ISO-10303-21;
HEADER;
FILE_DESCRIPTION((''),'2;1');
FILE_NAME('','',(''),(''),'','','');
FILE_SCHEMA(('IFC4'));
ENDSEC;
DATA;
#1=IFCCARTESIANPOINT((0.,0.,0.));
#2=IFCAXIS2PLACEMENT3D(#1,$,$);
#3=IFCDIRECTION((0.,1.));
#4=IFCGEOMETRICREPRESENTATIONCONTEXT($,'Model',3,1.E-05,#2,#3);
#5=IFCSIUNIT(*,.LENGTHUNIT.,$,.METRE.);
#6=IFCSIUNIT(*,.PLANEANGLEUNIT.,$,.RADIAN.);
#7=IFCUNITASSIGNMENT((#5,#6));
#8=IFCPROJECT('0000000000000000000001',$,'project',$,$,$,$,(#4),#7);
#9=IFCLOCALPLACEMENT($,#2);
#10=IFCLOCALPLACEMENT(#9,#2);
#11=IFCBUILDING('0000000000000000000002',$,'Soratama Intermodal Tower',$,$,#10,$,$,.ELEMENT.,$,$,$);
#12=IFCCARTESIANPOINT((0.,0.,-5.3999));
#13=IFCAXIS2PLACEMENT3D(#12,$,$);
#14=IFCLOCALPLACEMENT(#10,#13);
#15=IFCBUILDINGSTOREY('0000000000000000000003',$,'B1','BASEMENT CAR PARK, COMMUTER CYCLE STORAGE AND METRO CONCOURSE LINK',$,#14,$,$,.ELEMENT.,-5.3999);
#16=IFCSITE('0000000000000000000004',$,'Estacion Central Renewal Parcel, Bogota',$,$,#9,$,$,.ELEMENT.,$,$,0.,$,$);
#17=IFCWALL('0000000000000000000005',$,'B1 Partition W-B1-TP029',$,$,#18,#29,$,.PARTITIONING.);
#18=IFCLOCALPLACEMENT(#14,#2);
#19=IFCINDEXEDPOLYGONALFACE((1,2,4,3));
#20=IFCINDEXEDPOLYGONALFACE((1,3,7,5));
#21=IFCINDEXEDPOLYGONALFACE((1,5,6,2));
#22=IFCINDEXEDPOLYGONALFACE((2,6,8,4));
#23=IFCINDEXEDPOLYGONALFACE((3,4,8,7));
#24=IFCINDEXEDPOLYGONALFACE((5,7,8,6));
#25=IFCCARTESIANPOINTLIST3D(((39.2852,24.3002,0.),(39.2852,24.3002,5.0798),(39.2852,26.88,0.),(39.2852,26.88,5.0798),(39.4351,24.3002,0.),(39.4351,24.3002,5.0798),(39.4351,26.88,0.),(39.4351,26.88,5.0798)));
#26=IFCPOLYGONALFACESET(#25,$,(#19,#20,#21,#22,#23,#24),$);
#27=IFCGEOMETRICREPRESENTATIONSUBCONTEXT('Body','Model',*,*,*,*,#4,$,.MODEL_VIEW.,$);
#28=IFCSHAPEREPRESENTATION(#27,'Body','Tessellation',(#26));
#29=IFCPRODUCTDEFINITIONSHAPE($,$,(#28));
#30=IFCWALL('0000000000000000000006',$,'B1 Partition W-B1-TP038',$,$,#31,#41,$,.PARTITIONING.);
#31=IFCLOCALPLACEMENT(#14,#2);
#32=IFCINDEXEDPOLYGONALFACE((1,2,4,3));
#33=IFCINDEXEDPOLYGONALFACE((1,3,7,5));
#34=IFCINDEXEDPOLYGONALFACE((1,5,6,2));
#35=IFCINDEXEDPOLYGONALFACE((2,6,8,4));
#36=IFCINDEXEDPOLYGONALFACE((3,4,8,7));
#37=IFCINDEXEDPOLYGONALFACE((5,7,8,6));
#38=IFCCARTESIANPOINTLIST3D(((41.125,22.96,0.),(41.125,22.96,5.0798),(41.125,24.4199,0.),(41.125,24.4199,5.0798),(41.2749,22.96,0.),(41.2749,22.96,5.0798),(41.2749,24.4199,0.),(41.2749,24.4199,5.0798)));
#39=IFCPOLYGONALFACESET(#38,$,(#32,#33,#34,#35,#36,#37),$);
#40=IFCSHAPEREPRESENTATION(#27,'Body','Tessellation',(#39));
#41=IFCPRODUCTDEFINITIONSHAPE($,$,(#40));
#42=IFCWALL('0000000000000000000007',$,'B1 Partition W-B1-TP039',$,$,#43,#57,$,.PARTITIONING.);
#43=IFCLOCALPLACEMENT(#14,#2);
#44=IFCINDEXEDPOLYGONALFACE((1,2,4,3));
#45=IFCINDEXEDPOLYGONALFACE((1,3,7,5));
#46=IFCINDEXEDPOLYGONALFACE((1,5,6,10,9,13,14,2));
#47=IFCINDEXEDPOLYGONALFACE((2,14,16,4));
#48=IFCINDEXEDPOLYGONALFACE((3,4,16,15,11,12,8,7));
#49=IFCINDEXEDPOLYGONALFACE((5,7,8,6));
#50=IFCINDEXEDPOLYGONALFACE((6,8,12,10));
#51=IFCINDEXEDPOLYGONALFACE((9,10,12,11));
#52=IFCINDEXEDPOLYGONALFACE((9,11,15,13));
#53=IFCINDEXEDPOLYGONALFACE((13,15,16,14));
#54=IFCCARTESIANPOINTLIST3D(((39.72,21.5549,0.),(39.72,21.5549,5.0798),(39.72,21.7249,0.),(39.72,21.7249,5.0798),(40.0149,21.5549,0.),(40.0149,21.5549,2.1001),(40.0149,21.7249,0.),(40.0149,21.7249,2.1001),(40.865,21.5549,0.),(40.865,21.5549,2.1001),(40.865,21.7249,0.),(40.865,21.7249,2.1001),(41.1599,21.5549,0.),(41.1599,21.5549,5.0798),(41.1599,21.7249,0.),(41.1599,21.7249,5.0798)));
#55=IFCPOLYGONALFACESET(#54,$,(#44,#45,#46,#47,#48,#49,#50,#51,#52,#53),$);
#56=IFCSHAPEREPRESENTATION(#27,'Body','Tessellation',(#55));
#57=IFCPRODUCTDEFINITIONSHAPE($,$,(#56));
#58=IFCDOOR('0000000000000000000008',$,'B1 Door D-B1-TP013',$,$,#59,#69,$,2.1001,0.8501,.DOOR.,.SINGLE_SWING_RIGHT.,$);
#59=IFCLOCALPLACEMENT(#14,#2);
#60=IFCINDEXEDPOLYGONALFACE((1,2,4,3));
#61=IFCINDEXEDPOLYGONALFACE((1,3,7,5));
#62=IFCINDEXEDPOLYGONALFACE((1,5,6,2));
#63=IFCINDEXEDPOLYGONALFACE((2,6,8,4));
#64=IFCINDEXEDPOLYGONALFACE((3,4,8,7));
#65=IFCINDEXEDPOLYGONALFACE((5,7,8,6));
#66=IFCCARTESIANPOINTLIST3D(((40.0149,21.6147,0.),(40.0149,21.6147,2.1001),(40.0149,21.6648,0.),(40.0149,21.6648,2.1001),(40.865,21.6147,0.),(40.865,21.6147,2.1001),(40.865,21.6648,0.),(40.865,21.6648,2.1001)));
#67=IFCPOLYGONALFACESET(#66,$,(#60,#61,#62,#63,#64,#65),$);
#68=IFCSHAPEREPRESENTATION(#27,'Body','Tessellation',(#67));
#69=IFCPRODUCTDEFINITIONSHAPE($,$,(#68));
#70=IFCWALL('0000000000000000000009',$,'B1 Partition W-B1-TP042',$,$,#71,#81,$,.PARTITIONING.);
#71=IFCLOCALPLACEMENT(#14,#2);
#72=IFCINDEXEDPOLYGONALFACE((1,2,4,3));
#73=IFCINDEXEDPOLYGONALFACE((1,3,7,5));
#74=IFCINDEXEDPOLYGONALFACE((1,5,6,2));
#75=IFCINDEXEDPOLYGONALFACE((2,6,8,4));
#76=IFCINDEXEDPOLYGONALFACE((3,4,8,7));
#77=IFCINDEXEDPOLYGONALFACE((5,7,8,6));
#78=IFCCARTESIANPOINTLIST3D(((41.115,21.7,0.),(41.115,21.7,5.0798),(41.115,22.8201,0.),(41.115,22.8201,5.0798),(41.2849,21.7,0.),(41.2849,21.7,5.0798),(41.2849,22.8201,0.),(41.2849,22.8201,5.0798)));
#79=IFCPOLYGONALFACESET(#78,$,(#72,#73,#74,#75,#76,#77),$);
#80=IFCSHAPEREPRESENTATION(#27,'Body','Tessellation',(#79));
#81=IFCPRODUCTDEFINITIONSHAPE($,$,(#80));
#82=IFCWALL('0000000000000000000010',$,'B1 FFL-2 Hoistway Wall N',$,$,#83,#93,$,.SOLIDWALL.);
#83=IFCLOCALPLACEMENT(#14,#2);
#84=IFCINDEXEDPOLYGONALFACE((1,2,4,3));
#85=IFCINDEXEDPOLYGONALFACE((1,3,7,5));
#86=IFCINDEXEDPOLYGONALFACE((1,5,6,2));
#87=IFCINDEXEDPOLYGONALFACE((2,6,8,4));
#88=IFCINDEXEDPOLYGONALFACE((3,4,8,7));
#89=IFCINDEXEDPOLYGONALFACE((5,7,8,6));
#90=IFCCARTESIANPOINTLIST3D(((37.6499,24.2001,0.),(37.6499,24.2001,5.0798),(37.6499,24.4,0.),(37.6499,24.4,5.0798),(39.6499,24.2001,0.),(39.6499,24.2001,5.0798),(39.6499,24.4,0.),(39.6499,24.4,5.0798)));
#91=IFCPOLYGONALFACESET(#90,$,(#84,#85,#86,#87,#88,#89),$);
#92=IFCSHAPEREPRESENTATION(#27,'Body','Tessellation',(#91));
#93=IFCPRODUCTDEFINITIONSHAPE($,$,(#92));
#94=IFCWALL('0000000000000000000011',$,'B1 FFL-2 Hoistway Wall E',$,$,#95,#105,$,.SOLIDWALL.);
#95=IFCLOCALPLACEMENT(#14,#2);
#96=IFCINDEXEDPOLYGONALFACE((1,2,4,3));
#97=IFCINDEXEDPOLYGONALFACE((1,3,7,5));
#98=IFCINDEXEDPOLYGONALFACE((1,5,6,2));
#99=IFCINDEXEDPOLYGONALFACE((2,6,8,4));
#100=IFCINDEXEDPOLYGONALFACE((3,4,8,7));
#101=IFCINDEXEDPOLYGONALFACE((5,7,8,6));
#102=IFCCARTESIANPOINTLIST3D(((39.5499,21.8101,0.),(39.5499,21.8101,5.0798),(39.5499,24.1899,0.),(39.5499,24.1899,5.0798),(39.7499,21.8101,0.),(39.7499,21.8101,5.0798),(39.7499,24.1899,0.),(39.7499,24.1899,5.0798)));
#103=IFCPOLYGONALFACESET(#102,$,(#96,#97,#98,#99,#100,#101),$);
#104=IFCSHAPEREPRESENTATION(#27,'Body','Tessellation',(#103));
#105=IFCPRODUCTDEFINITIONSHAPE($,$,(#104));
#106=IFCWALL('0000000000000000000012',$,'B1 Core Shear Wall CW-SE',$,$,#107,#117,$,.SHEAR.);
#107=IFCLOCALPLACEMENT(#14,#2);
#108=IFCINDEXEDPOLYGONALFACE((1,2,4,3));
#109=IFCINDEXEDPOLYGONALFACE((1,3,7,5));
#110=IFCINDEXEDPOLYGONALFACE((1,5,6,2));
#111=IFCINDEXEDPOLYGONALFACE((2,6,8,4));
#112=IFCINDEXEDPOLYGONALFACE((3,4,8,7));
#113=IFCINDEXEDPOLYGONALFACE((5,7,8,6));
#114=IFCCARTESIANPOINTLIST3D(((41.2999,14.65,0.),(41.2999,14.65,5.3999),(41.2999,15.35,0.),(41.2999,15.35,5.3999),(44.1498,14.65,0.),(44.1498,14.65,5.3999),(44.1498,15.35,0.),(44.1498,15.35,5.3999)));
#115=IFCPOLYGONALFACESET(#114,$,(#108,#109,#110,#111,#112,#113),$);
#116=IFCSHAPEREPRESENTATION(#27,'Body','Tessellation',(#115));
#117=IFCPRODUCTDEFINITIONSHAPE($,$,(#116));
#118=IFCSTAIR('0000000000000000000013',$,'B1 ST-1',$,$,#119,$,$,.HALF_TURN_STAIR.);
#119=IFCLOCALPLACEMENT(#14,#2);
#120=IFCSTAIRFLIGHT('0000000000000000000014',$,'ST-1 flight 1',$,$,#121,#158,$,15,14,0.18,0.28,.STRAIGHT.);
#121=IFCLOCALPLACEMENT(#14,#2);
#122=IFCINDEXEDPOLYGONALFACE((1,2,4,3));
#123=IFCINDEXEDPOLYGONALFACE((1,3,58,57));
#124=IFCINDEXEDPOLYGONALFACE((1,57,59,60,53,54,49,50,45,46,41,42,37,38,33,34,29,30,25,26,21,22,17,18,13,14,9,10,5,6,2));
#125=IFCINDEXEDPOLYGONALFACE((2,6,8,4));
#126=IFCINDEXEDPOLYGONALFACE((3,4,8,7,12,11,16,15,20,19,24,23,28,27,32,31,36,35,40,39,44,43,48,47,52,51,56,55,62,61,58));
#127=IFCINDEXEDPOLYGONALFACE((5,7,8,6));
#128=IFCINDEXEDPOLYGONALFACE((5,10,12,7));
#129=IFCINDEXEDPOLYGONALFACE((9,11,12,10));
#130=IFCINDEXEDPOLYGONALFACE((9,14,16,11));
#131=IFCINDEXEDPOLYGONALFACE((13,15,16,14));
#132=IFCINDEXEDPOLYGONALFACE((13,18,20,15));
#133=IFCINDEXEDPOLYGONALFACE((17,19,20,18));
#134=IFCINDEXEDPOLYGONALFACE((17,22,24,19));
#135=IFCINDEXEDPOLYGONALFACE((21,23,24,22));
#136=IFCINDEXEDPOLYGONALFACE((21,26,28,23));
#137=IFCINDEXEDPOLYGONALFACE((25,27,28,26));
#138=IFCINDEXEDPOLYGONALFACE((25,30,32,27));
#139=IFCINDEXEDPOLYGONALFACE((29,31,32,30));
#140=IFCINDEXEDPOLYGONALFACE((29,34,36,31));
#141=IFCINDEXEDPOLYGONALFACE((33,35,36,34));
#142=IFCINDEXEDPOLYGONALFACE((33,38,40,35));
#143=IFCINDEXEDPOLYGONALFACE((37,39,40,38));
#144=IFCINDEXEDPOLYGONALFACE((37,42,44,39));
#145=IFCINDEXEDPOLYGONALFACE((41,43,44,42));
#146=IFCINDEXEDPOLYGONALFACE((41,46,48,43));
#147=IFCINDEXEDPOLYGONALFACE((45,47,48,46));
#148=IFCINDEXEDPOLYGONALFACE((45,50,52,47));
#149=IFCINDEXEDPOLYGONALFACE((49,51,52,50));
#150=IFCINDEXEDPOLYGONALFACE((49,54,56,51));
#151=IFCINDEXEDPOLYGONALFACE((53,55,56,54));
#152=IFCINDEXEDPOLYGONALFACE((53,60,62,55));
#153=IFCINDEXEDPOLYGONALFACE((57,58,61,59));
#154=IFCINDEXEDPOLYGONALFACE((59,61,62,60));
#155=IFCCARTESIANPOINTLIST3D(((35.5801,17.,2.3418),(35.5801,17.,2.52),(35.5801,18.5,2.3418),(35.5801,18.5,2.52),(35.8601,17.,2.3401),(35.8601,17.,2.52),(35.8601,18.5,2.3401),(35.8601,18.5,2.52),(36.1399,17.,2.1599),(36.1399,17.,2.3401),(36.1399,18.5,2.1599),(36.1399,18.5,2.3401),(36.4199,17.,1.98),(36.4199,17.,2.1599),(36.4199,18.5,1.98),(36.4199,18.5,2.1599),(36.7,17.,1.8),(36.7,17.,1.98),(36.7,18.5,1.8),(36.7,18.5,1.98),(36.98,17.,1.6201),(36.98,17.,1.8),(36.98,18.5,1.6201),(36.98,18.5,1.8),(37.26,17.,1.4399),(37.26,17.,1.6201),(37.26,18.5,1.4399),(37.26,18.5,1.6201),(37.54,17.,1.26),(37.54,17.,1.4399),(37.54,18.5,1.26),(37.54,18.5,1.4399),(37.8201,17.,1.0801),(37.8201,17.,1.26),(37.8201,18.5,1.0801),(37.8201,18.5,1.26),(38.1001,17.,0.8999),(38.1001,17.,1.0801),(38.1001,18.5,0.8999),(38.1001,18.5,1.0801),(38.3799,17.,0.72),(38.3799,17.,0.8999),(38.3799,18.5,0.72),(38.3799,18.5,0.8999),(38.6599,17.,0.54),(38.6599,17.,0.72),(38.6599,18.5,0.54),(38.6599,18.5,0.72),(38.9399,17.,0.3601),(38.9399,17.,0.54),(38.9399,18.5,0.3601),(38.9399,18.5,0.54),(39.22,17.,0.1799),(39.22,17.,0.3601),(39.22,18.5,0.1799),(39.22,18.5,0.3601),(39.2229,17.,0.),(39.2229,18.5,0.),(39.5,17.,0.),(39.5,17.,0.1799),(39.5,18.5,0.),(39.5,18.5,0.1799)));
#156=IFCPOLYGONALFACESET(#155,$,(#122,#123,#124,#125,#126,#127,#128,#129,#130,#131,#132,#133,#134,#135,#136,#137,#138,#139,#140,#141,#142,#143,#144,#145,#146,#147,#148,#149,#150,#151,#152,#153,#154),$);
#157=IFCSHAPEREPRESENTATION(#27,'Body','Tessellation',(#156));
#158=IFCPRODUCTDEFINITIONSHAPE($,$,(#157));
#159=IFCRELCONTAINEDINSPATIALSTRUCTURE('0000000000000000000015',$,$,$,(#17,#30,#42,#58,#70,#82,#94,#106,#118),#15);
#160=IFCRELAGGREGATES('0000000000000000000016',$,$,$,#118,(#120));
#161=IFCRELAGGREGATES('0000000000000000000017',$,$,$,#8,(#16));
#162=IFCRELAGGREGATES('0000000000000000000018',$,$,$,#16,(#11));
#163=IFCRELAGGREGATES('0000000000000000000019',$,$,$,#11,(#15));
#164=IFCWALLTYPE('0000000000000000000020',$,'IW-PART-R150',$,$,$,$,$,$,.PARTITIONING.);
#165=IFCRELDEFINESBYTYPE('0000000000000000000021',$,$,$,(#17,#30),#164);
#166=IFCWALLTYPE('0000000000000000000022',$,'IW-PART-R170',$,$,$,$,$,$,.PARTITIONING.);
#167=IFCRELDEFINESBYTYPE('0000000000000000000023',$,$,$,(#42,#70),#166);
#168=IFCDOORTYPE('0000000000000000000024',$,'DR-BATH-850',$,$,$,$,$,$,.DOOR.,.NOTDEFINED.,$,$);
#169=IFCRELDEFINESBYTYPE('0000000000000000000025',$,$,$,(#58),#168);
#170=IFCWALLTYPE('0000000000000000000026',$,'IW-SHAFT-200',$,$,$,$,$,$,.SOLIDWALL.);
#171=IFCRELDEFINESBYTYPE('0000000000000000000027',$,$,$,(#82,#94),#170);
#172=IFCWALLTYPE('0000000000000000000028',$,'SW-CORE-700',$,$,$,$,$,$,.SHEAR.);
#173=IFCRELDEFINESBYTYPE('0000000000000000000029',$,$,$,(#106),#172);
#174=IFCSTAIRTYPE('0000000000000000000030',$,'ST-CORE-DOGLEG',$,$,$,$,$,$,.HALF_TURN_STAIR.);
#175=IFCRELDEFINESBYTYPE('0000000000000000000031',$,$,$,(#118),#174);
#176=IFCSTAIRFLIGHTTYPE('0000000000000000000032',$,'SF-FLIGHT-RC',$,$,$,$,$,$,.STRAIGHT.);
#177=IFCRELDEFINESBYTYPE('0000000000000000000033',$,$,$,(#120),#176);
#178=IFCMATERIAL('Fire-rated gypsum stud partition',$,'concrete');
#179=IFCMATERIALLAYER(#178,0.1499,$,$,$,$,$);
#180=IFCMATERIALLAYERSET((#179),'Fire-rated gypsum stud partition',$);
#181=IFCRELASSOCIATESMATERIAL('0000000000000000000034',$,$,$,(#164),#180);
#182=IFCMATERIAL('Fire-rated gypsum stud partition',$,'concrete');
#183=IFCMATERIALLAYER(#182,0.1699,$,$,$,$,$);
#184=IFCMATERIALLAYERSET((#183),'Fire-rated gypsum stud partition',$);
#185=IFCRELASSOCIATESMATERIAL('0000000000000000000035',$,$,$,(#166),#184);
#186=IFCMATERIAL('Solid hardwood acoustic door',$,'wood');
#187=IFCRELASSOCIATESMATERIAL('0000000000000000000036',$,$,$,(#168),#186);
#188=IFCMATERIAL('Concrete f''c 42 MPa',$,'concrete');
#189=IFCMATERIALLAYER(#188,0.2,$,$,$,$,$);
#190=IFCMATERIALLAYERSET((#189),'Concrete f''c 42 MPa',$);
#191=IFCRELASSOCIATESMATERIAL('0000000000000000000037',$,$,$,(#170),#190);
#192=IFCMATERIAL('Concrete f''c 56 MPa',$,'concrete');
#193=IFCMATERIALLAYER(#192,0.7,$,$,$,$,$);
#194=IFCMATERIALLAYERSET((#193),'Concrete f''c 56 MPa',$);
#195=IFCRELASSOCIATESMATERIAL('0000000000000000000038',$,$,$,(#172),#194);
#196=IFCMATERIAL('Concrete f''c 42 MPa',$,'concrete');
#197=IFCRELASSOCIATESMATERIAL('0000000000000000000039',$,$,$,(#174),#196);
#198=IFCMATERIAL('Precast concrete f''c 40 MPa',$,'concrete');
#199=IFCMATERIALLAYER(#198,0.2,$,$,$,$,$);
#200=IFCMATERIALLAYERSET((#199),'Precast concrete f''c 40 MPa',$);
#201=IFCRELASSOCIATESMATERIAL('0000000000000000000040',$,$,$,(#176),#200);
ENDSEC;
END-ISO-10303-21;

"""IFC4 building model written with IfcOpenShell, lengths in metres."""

from ifc_helpers import new_model, si_unit, direction, frame, frame_2d, origin, place, context, subcontext, project, spatial, polyline, rectangle, outline, extrude, material, layer, layer_set, type_object, element, fill, aggregate, save


model = new_model("IFC4")

# Units and contexts
model_context = context("Model", 3, precision=1e-05, world=origin(), true_north=direction((0.0, 1.0)))
body_context = subcontext(model_context, "Body", "Model", "MODEL_VIEW")
ifc_project = project(units=[si_unit("LENGTHUNIT", "METRE"), si_unit("PLANEANGLEUNIT", "RADIAN")], contexts=[model_context])

# Site, building, storey
site_placement = place(None, origin())
site = spatial("IfcSite", under=ifc_project, at=site_placement, Name="Estacion Central Renewal Parcel, Bogota", CompositionType="ELEMENT", RefElevation=0.0)
building_placement = place(site_placement, origin())
building = spatial("IfcBuilding", under=site, at=building_placement, Name="Soratama Intermodal Tower", CompositionType="ELEMENT")
storey_placement = place(building_placement, frame((0.0, 0.0, -5.3999)))
storey = spatial("IfcBuildingStorey", under=building, at=storey_placement, Name="B1", Description="BASEMENT CAR PARK, COMMUTER CYCLE STORAGE AND METRO CONCOURSE LINK", CompositionType="ELEMENT", Elevation=-5.3999)

# Shared definitions
ifc_material_1 = material(Name="Fire-rated gypsum stud partition", Category="concrete")
ifc_layer_1 = layer(ifc_material_1, 0.1499)
ifc_layer_set_1 = layer_set([ifc_layer_1], Name="Fire-rated gypsum stud partition")
wall_type_1 = type_object("IfcWallType", Name="IW-PART-R150", PredefinedType="PARTITIONING", material=ifc_layer_set_1)

# Walls
wall_1_placement = place(storey_placement, frame((39.3601, 24.3, 0.0), z_axis=(0.0, 0.0, 1.0), x_axis=(0.0, 1.0, 0.0)))
element("IfcWall", 1, at=wall_1_placement, inside=storey, type_object=wall_type_1, Name="B1 Partition W-B1-TP029", PredefinedType="PARTITIONING", context=body_context, shape_type="SweptSolid", body=[
    extrude(rectangle(XDim=2.5798, YDim=0.1499, at=frame_2d((1.29, 0.0))), origin(), (0.0, 0.0, 1.0), 5.0798),
])
wall_2_placement = place(storey_placement, frame((41.2, 22.96, 0.0), z_axis=(0.0, 0.0, 1.0), x_axis=(0.0, 1.0, 0.0)))
element("IfcWall", 2, at=wall_2_placement, inside=storey, type_object=wall_type_1, Name="B1 Partition W-B1-TP038", PredefinedType="PARTITIONING", context=body_context, shape_type="SweptSolid", body=[
    extrude(rectangle(XDim=1.46, YDim=0.1499, at=frame_2d((0.73, 0.0))), origin(), (0.0, 0.0, 1.0), 5.0798),
])

# Wall, opening, door
ifc_material_2 = material(Name="Fire-rated gypsum stud partition", Category="concrete")
ifc_layer_2 = layer(ifc_material_2, 0.1699)
ifc_layer_set_2 = layer_set([ifc_layer_2], Name="Fire-rated gypsum stud partition")
wall_type_2 = type_object("IfcWallType", Name="IW-PART-R170", PredefinedType="PARTITIONING", material=ifc_layer_set_2)
wall_3_placement = place(storey_placement, frame((39.72, 21.6399, 0.0), z_axis=(0.0, 0.0, 1.0), x_axis=(1.0, 0.0, 0.0)))
wall_3 = element("IfcWall", 3, at=wall_3_placement, inside=storey, type_object=wall_type_2, Name="B1 Partition W-B1-TP039", PredefinedType="PARTITIONING", context=body_context, shape_type="SweptSolid", body=[
    extrude(rectangle(XDim=1.4399, YDim=0.1699, at=frame_2d((0.72, 0.0))), origin(), (0.0, 0.0, 1.0), 5.0798),
])
opening_1_placement = place(wall_3_placement, frame((0.2949, 0.0, 0.0)))
opening_1 = element("IfcOpeningElement", 4, at=opening_1_placement, cuts=wall_3, PredefinedType="OPENING", context=body_context, shape_type="SweptSolid", body=[
    extrude(rectangle(XDim=0.8501, YDim=2.1001, at=frame_2d((0.425, 1.05))), frame((0.0, 0.095, 0.0), z_axis=(0.0, -1.0, 0.0), x_axis=(1.0, 0.0, 0.0)), (0.0, 0.0, 1.0), 0.1899),
])
ifc_material_3 = material(Name="Solid hardwood acoustic door", Category="wood")
door_type_1 = type_object("IfcDoorType", Name="DR-BATH-850", OperationType="NOTDEFINED", PredefinedType="DOOR", material=ifc_material_3)
door_1_placement = place(opening_1_placement, origin())
door_1 = element("IfcDoor", 5, at=door_1_placement, inside=storey, type_object=door_type_1, Name="B1 Door D-B1-TP013", OperationType="SINGLE_SWING_RIGHT", OverallHeight=2.1001, OverallWidth=0.8501, PredefinedType="DOOR", context=body_context, shape_type="SweptSolid", body=[
    extrude(rectangle(XDim=0.8501, YDim=2.1001, at=frame_2d((0.425, 1.05))), frame((0.0, 0.0249, 0.0), z_axis=(0.0, -1.0, 0.0), x_axis=(1.0, 0.0, 0.0)), (0.0, 0.0, 1.0), 0.05),
])
fill(opening_1, door_1)

# Walls
wall_4_placement = place(storey_placement, frame((41.2, 21.7, 0.0), z_axis=(0.0, 0.0, 1.0), x_axis=(0.0, 1.0, 0.0)))
element("IfcWall", 6, at=wall_4_placement, inside=storey, type_object=wall_type_2, Name="B1 Partition W-B1-TP042", PredefinedType="PARTITIONING", context=body_context, shape_type="SweptSolid", body=[
    extrude(rectangle(XDim=1.1201, YDim=0.1699, at=frame_2d((0.5601, 0.0))), origin(), (0.0, 0.0, 1.0), 5.0798),
])
ifc_material_4 = material(Name="Concrete f'c 42 MPa", Category="concrete")
ifc_layer_3 = layer(ifc_material_4, 0.2)
ifc_layer_set_3 = layer_set([ifc_layer_3], Name="Concrete f'c 42 MPa")
wall_type_3 = type_object("IfcWallType", Name="IW-SHAFT-200", PredefinedType="SOLIDWALL", material=ifc_layer_set_3)
wall_5_placement = place(storey_placement, frame((37.6499, 24.3, 0.0), z_axis=(0.0, 0.0, 1.0), x_axis=(1.0, 0.0, 0.0)))
element("IfcWall", 7, at=wall_5_placement, inside=storey, type_object=wall_type_3, Name="B1 FFL-2 Hoistway Wall N", PredefinedType="SOLIDWALL", context=body_context, shape_type="SweptSolid", body=[
    extrude(rectangle(XDim=2.0, YDim=0.2, at=frame_2d((1.0, 0.0))), origin(), (0.0, 0.0, 1.0), 5.0798),
])
wall_6_placement = place(storey_placement, frame((39.6499, 21.8101, 0.0), z_axis=(0.0, 0.0, 1.0), x_axis=(0.0, 1.0, 0.0)))
element("IfcWall", 8, at=wall_6_placement, inside=storey, type_object=wall_type_3, Name="B1 FFL-2 Hoistway Wall E", PredefinedType="SOLIDWALL", context=body_context, shape_type="SweptSolid", body=[
    extrude(rectangle(XDim=2.3799, YDim=0.2, at=frame_2d((1.1899, 0.0))), origin(), (0.0, 0.0, 1.0), 5.0798),
])
ifc_material_5 = material(Name="Concrete f'c 56 MPa", Category="concrete")
ifc_layer_4 = layer(ifc_material_5, 0.7)
ifc_layer_set_4 = layer_set([ifc_layer_4], Name="Concrete f'c 56 MPa")
wall_type_4 = type_object("IfcWallType", Name="SW-CORE-700", PredefinedType="SHEAR", material=ifc_layer_set_4)
wall_7_placement = place(storey_placement, frame((41.3, 15.0, 0.0), z_axis=(0.0, 0.0, 1.0), x_axis=(1.0, 0.0, 0.0)))
element("IfcWall", 9, at=wall_7_placement, inside=storey, type_object=wall_type_4, Name="B1 Core Shear Wall CW-SE", PredefinedType="SHEAR", context=body_context, shape_type="SweptSolid", body=[
    extrude(rectangle(XDim=2.8499, YDim=0.7, at=frame_2d((1.4248, 0.0))), origin(), (0.0, 0.0, 1.0), 5.3999),
])

# Stair, stair flight
ifc_material_6 = material(Name="Concrete f'c 42 MPa", Category="concrete")
stair_type = type_object("IfcStairType", Name="ST-CORE-DOGLEG", PredefinedType="HALF_TURN_STAIR", material=ifc_material_6)
stair_placement = place(storey_placement, origin())
stair = element("IfcStair", 10, at=stair_placement, inside=storey, type_object=stair_type, Name="B1 ST-1", PredefinedType="HALF_TURN_STAIR")
ifc_material_7 = material(Name="Precast concrete f'c 40 MPa", Category="concrete")
ifc_layer_5 = layer(ifc_material_7, 0.2)
ifc_layer_set_5 = layer_set([ifc_layer_5], Name="Precast concrete f'c 40 MPa")
stair_flight_type = type_object("IfcStairFlightType", Name="SF-FLIGHT-RC", PredefinedType="STRAIGHT", material=ifc_layer_set_5)
stair_flight_placement = place(storey_placement, frame((39.5, 17.75, 0.0), z_axis=(0.0, 0.0, 1.0), x_axis=(-1.0, 0.0, 0.0)))
stair_flight = element("IfcStairFlight", 11, at=stair_flight_placement, type_object=stair_flight_type, Name="ST-1 flight 1", NumberOfRisers=15, NumberOfTreads=14, PredefinedType="STRAIGHT", RiserHeight=0.18, TreadLength=0.28, context=body_context, shape_type="SweptSolid", body=[
    extrude(outline(polyline([(0.0, 0.0), (0.0, 0.1799), (0.28, 0.1799), (0.28, 0.3601), (0.5601, 0.3601), (0.5601, 0.54), (0.8401, 0.54), (0.8401, 0.72), (1.1201, 0.72), (1.1201, 0.8999), (1.3999, 0.8999), (1.3999, 1.0801), (1.6799, 1.0801), (1.6799, 1.26), (1.96, 1.26), (1.96, 1.4399), (2.24, 1.4399), (2.24, 1.6201), (2.52, 1.6201), (2.52, 1.8), (2.8, 1.8), (2.8, 1.98), (3.0801, 1.98), (3.0801, 2.1599), (3.3601, 2.1599), (3.3601, 2.3401), (3.6399, 2.3401), (3.6399, 2.52), (3.9199, 2.52), (3.9199, 2.7), (3.9199, 2.3418), (0.2771, 0.0), (0.0, 0.0)])), frame((0.0, 0.75, 0.0), z_axis=(0.0, -1.0, 0.0), x_axis=(1.0, 0.0, 0.0)), (0.0, 0.0, 1.0), 1.5),
])
aggregate(stair, [stair_flight])

save(model, "model.ifc")
